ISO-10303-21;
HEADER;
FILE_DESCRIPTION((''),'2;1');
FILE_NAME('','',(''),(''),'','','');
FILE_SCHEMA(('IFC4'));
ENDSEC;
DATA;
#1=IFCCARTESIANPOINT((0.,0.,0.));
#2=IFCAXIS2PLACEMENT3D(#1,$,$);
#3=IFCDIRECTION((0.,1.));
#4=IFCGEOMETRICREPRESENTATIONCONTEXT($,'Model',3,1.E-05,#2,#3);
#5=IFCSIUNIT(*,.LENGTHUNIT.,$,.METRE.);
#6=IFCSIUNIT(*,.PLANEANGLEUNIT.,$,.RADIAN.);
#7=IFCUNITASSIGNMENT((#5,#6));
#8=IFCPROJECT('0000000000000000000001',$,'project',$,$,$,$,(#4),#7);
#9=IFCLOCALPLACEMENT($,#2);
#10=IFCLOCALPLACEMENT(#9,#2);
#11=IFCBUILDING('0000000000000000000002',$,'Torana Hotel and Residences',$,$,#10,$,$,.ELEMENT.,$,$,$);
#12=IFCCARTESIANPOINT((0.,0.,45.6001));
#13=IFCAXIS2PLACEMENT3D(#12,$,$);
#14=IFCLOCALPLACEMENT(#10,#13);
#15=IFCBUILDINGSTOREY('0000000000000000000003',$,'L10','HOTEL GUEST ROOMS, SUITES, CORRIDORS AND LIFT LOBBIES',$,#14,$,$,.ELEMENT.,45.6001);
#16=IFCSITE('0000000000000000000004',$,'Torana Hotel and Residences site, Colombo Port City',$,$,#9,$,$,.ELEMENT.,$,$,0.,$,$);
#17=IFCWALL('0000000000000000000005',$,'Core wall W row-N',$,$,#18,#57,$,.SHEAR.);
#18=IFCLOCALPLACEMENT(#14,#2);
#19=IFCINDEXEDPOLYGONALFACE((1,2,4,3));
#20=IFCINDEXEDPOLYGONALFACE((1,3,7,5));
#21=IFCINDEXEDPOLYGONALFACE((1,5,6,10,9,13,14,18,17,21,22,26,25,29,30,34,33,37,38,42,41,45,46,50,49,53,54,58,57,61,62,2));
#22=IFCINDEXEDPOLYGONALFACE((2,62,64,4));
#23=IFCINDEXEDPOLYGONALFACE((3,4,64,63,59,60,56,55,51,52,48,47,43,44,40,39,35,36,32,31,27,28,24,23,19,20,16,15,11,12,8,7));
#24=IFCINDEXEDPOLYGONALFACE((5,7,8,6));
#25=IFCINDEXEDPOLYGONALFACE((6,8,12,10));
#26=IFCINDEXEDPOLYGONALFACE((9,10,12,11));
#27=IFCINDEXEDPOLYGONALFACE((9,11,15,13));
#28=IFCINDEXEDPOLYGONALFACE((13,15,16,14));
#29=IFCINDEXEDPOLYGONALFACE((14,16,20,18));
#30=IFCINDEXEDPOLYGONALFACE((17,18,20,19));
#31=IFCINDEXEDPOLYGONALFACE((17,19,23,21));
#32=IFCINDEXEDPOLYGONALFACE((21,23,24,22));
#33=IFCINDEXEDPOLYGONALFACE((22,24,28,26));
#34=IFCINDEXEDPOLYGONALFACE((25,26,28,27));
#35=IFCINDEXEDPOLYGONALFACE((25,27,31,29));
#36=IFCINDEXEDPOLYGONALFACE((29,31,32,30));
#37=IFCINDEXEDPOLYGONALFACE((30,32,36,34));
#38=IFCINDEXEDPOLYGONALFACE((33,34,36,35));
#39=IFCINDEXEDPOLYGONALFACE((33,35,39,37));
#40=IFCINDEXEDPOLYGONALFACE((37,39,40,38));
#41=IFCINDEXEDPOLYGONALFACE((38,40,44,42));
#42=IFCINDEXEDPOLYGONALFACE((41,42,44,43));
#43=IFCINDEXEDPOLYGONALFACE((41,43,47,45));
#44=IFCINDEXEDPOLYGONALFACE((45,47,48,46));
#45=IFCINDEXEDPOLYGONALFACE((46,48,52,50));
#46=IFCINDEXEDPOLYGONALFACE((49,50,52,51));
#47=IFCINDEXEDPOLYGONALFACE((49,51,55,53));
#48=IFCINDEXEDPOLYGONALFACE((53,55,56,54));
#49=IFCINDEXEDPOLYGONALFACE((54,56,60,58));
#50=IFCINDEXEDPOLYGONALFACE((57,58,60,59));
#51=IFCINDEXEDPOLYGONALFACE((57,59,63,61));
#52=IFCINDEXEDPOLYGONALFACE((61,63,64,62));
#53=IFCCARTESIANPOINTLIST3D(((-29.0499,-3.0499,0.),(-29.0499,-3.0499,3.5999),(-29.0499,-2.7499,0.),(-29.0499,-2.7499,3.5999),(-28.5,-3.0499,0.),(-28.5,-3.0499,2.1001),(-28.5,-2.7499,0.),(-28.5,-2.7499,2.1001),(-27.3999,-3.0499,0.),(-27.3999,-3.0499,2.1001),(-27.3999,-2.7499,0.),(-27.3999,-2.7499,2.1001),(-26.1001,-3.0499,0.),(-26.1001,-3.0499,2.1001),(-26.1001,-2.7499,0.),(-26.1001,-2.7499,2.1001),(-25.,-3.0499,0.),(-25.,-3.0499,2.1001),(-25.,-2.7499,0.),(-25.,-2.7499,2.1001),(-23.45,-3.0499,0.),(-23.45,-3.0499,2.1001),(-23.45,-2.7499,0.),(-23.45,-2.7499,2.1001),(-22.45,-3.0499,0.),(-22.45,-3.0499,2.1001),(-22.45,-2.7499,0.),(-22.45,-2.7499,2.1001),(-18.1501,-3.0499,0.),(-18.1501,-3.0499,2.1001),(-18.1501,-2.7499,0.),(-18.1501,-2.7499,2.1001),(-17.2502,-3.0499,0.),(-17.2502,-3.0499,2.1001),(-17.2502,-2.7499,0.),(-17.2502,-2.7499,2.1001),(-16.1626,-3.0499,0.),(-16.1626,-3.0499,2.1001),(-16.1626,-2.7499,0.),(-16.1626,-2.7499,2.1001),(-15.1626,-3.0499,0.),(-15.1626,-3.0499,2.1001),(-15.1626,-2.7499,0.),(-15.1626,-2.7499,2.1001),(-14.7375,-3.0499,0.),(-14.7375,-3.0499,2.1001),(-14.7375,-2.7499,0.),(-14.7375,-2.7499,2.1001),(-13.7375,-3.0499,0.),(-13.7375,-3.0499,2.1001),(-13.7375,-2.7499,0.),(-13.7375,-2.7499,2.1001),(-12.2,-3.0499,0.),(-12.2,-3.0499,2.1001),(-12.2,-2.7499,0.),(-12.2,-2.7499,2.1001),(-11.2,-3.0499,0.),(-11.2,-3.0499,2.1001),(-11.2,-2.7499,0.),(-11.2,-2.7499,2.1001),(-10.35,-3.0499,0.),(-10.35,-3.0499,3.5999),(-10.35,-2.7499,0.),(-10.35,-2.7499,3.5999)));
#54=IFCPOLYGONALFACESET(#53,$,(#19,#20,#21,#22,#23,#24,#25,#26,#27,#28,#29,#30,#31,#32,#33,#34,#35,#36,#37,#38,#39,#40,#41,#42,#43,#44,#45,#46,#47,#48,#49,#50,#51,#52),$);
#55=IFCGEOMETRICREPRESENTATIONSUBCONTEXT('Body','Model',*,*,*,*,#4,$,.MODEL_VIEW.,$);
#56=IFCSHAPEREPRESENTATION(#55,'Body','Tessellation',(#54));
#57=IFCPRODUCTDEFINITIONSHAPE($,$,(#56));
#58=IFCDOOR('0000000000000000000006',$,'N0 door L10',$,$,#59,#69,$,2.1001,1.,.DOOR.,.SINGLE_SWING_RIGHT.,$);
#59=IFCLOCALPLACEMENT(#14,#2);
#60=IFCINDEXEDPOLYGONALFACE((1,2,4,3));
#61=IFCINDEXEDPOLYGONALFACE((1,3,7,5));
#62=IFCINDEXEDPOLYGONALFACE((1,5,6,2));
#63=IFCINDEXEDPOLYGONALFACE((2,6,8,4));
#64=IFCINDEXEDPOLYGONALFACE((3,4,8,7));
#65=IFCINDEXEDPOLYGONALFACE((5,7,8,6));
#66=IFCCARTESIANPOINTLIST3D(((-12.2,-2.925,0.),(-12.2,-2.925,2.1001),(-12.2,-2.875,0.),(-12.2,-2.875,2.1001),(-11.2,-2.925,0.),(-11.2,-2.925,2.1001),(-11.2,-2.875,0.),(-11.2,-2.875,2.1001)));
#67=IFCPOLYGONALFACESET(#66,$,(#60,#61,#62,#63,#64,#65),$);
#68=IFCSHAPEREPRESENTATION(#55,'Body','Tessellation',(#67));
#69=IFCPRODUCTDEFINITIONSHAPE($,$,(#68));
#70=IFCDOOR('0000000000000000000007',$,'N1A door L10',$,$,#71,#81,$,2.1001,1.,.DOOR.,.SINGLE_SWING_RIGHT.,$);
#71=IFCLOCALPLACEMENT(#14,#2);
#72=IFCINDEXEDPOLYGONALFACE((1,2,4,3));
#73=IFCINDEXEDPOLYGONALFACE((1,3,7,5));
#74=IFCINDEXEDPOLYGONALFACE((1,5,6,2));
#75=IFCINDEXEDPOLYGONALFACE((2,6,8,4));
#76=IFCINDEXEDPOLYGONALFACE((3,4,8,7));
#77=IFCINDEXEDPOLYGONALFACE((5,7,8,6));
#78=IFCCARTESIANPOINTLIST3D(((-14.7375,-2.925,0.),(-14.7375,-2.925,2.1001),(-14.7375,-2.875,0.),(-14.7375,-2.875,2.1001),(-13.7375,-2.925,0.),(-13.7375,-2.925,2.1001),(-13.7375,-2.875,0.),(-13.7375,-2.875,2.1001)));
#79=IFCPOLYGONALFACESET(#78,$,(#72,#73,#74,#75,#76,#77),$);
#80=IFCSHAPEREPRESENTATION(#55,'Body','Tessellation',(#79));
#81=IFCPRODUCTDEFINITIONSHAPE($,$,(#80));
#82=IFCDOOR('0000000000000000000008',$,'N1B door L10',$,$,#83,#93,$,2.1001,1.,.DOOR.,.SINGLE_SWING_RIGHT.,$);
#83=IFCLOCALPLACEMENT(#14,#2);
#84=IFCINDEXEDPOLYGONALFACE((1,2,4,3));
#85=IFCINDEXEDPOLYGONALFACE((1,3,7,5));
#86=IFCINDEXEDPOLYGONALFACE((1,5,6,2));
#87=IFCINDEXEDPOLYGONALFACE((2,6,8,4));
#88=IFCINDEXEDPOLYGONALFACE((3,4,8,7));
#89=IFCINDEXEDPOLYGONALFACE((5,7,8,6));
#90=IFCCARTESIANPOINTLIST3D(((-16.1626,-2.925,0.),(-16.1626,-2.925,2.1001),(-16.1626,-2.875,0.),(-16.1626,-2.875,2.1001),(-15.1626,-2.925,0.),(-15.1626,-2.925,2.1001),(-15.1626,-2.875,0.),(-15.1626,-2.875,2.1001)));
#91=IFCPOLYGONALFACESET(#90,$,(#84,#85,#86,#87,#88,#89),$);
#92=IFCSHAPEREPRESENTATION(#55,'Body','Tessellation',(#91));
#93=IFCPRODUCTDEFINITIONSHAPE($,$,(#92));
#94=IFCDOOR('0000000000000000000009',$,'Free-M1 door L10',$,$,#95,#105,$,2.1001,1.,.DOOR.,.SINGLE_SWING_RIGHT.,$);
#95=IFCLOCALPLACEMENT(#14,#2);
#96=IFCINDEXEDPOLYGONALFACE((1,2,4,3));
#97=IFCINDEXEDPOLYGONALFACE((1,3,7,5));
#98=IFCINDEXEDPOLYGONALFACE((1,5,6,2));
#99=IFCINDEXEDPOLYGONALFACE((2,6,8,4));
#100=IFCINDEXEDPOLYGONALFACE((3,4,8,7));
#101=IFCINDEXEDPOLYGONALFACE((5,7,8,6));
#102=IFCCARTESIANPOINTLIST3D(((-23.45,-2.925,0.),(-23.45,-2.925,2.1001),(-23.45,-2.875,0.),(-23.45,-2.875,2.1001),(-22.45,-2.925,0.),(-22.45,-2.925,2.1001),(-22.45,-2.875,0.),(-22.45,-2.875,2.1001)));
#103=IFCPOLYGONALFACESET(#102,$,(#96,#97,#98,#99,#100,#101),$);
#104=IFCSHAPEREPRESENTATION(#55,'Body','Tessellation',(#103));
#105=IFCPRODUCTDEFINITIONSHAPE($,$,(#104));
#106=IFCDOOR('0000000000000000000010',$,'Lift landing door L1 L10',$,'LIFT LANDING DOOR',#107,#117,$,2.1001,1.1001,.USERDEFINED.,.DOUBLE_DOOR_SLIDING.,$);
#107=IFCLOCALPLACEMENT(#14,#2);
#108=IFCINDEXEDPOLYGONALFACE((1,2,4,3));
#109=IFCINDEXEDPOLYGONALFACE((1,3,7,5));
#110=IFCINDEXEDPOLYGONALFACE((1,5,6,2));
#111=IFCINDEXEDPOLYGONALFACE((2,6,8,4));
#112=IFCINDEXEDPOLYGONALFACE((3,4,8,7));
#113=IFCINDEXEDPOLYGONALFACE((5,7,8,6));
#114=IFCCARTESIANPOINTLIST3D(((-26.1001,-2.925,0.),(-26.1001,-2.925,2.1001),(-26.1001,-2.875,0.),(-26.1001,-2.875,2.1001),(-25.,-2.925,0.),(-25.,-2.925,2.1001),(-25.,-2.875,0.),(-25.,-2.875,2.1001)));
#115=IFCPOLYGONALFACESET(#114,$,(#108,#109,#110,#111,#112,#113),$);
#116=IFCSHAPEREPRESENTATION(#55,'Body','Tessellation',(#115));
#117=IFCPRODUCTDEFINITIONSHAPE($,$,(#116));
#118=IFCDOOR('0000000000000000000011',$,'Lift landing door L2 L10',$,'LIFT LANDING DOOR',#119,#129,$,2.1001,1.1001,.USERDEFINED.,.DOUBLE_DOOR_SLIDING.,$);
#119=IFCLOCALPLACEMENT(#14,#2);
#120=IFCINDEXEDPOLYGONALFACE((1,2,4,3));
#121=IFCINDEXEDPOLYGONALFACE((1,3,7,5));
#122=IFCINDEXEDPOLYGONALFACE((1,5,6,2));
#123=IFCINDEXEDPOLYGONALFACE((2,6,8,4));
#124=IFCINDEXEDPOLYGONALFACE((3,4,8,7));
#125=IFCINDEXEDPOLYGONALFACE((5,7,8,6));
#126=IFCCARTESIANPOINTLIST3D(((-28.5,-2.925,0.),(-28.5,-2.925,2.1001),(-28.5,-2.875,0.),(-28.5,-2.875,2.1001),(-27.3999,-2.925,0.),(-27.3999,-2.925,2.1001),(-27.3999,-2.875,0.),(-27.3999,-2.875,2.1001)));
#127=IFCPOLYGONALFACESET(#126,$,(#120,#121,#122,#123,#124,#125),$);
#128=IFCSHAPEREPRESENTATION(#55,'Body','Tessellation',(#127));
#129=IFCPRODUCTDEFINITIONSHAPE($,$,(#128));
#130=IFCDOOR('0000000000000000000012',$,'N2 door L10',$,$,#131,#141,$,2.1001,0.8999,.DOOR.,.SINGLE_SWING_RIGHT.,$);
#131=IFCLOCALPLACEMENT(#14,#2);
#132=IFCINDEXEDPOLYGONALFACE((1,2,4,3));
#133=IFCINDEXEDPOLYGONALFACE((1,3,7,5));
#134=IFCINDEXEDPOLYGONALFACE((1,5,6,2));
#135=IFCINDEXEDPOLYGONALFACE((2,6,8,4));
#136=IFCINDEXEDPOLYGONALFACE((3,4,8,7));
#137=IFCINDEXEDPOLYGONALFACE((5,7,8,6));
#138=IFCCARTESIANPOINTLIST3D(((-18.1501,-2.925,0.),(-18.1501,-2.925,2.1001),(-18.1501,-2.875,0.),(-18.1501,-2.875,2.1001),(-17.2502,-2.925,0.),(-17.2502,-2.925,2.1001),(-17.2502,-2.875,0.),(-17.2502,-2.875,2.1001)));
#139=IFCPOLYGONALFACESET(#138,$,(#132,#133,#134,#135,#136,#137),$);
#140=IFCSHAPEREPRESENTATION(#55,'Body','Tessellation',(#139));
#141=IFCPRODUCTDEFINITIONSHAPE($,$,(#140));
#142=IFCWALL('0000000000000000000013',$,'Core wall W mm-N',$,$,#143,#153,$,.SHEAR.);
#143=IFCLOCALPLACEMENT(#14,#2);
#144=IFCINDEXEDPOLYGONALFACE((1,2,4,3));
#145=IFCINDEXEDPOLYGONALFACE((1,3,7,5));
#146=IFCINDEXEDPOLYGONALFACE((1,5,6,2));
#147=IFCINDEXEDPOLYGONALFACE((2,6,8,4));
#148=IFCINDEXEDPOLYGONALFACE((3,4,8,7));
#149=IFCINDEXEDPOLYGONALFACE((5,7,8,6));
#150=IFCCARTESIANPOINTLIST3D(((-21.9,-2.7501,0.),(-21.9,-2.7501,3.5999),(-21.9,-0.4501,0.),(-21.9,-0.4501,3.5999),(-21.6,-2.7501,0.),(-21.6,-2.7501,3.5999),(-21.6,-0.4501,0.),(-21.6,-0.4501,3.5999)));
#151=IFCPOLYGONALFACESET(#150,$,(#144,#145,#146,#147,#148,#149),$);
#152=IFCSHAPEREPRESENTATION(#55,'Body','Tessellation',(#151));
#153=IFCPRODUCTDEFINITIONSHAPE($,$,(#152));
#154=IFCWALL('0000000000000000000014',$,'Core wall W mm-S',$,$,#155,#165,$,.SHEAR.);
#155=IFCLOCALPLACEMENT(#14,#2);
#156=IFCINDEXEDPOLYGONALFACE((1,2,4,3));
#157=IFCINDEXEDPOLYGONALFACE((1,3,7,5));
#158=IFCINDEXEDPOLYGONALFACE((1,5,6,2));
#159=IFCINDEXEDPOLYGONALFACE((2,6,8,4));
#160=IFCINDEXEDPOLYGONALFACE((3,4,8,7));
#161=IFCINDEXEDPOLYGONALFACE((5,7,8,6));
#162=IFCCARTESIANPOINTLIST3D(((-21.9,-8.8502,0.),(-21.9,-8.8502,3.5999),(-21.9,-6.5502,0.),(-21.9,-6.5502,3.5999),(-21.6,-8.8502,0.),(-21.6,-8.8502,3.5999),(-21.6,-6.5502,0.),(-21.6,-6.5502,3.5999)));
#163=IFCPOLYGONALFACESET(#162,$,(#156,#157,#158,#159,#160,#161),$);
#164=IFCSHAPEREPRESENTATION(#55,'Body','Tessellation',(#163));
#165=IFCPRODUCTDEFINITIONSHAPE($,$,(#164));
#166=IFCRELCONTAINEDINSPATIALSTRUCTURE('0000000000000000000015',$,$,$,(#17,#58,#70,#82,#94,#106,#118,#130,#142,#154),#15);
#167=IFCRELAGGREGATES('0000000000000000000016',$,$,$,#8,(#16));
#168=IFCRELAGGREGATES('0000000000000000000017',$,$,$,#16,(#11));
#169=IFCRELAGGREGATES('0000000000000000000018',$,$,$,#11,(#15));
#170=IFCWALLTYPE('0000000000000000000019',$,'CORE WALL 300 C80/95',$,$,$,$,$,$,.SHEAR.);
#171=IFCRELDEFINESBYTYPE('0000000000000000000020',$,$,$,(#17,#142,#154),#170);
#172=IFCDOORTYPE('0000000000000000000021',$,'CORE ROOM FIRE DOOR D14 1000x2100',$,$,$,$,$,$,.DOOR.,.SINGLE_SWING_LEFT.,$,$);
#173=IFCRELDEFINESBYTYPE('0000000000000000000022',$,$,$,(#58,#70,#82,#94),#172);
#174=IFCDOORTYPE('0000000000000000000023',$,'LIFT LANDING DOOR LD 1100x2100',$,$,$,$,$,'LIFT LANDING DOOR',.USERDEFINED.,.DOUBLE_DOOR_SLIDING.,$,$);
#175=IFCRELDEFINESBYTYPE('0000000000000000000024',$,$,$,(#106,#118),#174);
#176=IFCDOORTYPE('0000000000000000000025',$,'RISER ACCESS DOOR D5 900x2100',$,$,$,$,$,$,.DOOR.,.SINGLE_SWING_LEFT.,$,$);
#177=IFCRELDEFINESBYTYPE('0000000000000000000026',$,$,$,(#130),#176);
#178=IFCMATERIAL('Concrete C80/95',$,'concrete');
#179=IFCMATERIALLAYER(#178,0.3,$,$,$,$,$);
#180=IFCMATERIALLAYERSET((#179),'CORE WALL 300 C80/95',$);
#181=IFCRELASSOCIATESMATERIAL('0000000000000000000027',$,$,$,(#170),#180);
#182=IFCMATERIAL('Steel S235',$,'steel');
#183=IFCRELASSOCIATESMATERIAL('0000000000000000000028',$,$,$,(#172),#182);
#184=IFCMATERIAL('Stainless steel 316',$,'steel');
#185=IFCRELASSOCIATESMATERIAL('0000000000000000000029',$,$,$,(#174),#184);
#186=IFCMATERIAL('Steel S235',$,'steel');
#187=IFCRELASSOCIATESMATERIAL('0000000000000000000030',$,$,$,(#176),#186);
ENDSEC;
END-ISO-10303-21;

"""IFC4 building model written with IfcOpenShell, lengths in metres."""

from ifc_helpers import new_model, si_unit, direction, frame, frame_2d, origin, place, context, subcontext, project, spatial, rectangle, extrude, material, layer, layer_set, type_object, element, fill, save


model = new_model("IFC4")

# Units and contexts
model_context = context("Model", 3, precision=1e-05, world=origin(), true_north=direction((0.0, 1.0)))
body_context = subcontext(model_context, "Body", "Model", "MODEL_VIEW")
ifc_project = project(units=[si_unit("LENGTHUNIT", "METRE"), si_unit("PLANEANGLEUNIT", "RADIAN")], contexts=[model_context])

# Site, building, storey
site_placement = place(None, origin())
site = spatial("IfcSite", under=ifc_project, at=site_placement, Name="Torana Hotel and Residences site, Colombo Port City", CompositionType="ELEMENT", RefElevation=0.0)
building_placement = place(site_placement, origin())
building = spatial("IfcBuilding", under=site, at=building_placement, Name="Torana Hotel and Residences", CompositionType="ELEMENT")
storey_placement = place(building_placement, frame((0.0, 0.0, 45.6001)))
storey = spatial("IfcBuildingStorey", under=building, at=storey_placement, Name="L10", Description="HOTEL GUEST ROOMS, SUITES, CORRIDORS AND LIFT LOBBIES", CompositionType="ELEMENT", Elevation=45.6001)

# Wall, openings, doors
ifc_material_1 = material(Name="Concrete C80/95", Category="concrete")
ifc_layer_1 = layer(ifc_material_1, 0.3)
ifc_layer_set_1 = layer_set([ifc_layer_1], Name="CORE WALL 300 C80/95")
wall_type_1 = type_object("IfcWallType", Name="CORE WALL 300 C80/95", PredefinedType="SHEAR", material=ifc_layer_set_1)
wall_1_placement = place(storey_placement, frame((-29.05, -2.8999, 0.0), z_axis=(0.0, 0.0, 1.0), x_axis=(1.0, 0.0, 0.0)))
wall_1 = element("IfcWall", 1, at=wall_1_placement, inside=storey, type_object=wall_type_1, Name="Core wall W row-N", PredefinedType="SHEAR", context=body_context, shape_type="SweptSolid", body=[
    extrude(rectangle(XDim=18.7, YDim=0.3, at=frame_2d((9.3501, 0.0))), origin(), (0.0, 0.0, 1.0), 3.5999),
])
opening_1_placement = place(wall_1_placement, frame((2.95, 0.0, 0.0)))
opening_1 = element("IfcOpeningElement", 2, at=opening_1_placement, cuts=wall_1, PredefinedType="OPENING", context=body_context, shape_type="SweptSolid", body=[
    extrude(rectangle(XDim=1.1001, YDim=2.1001, at=frame_2d((0.55, 1.05))), frame((0.0, 0.1599, 0.0), z_axis=(0.0, -1.0, 0.0), x_axis=(1.0, 0.0, 0.0)), (0.0, 0.0, 1.0), 0.3201),
])
opening_2_placement = place(wall_1_placement, frame((0.55, 0.0, 0.0)))
opening_2 = element("IfcOpeningElement", 3, at=opening_2_placement, cuts=wall_1, PredefinedType="OPENING", context=body_context, shape_type="SweptSolid", body=[
    extrude(rectangle(XDim=1.1001, YDim=2.1001, at=frame_2d((0.55, 1.05))), frame((0.0, 0.1599, 0.0), z_axis=(0.0, -1.0, 0.0), x_axis=(1.0, 0.0, 0.0)), (0.0, 0.0, 1.0), 0.3201),
])
opening_3_placement = place(wall_1_placement, frame((10.8999, 0.0, 0.0)))
opening_3 = element("IfcOpeningElement", 4, at=opening_3_placement, cuts=wall_1, PredefinedType="OPENING", context=body_context, shape_type="SweptSolid", body=[
    extrude(rectangle(XDim=0.8999, YDim=2.1001, at=frame_2d((0.45, 1.05))), frame((0.0, 0.1599, 0.0), z_axis=(0.0, -1.0, 0.0), x_axis=(1.0, 0.0, 0.0)), (0.0, 0.0, 1.0), 0.3201),
])
opening_4_placement = place(wall_1_placement, frame((16.8501, 0.0, 0.0)))
opening_4 = element("IfcOpeningElement", 5, at=opening_4_placement, cuts=wall_1, PredefinedType="OPENING", context=body_context, shape_type="SweptSolid", body=[
    extrude(rectangle(XDim=1.0, YDim=2.1001, at=frame_2d((0.5, 1.05))), frame((0.0, 0.1599, 0.0), z_axis=(0.0, -1.0, 0.0), x_axis=(1.0, 0.0, 0.0)), (0.0, 0.0, 1.0), 0.3201),
])
opening_5_placement = place(wall_1_placement, frame((14.3125, 0.0, 0.0)))
opening_5 = element("IfcOpeningElement", 6, at=opening_5_placement, cuts=wall_1, PredefinedType="OPENING", context=body_context, shape_type="SweptSolid", body=[
    extrude(rectangle(XDim=1.0, YDim=2.1001, at=frame_2d((0.5, 1.05))), frame((0.0, 0.1599, 0.0), z_axis=(0.0, -1.0, 0.0), x_axis=(1.0, 0.0, 0.0)), (0.0, 0.0, 1.0), 0.3201),
])
opening_6_placement = place(wall_1_placement, frame((12.8875, 0.0, 0.0)))
opening_6 = element("IfcOpeningElement", 7, at=opening_6_placement, cuts=wall_1, PredefinedType="OPENING", context=body_context, shape_type="SweptSolid", body=[
    extrude(rectangle(XDim=1.0, YDim=2.1001, at=frame_2d((0.5, 1.05))), frame((0.0, 0.1599, 0.0), z_axis=(0.0, -1.0, 0.0), x_axis=(1.0, 0.0, 0.0)), (0.0, 0.0, 1.0), 0.3201),
])
opening_7_placement = place(wall_1_placement, frame((5.6001, 0.0, 0.0)))
opening_7 = element("IfcOpeningElement", 8, at=opening_7_placement, cuts=wall_1, PredefinedType="OPENING", context=body_context, shape_type="SweptSolid", body=[
    extrude(rectangle(XDim=1.0, YDim=2.1001, at=frame_2d((0.5, 1.05))), frame((0.0, 0.1599, 0.0), z_axis=(0.0, -1.0, 0.0), x_axis=(1.0, 0.0, 0.0)), (0.0, 0.0, 1.0), 0.3201),
])
ifc_material_2 = material(Name="Steel S235", Category="steel")
door_type_1 = type_object("IfcDoorType", Name="CORE ROOM FIRE DOOR D14 1000x2100", OperationType="SINGLE_SWING_LEFT", PredefinedType="DOOR", material=ifc_material_2)
door_1_placement = place(opening_4_placement, origin())
door_1 = element("IfcDoor", 9, at=door_1_placement, inside=storey, type_object=door_type_1, Name="N0 door L10", OperationType="SINGLE_SWING_RIGHT", OverallHeight=2.1001, OverallWidth=1.0, PredefinedType="DOOR", context=body_context, shape_type="SweptSolid", body=[
    extrude(rectangle(XDim=1.0, YDim=2.1001, at=frame_2d((0.5, 1.05))), frame((0.0, 0.0249, 0.0), z_axis=(0.0, -1.0, 0.0), x_axis=(1.0, 0.0, 0.0)), (0.0, 0.0, 1.0), 0.05),
])
fill(opening_4, door_1)
door_2_placement = place(opening_5_placement, origin())
door_2 = element("IfcDoor", 10, at=door_2_placement, inside=storey, type_object=door_type_1, Name="N1A door L10", OperationType="SINGLE_SWING_RIGHT", OverallHeight=2.1001, OverallWidth=1.0, PredefinedType="DOOR", context=body_context, shape_type="SweptSolid", body=[
    extrude(rectangle(XDim=1.0, YDim=2.1001, at=frame_2d((0.5, 1.05))), frame((0.0, 0.0249, 0.0), z_axis=(0.0, -1.0, 0.0), x_axis=(1.0, 0.0, 0.0)), (0.0, 0.0, 1.0), 0.05),
])
fill(opening_5, door_2)
door_3_placement = place(opening_6_placement, origin())
door_3 = element("IfcDoor", 11, at=door_3_placement, inside=storey, type_object=door_type_1, Name="N1B door L10", OperationType="SINGLE_SWING_RIGHT", OverallHeight=2.1001, OverallWidth=1.0, PredefinedType="DOOR", context=body_context, shape_type="SweptSolid", body=[
    extrude(rectangle(XDim=1.0, YDim=2.1001, at=frame_2d((0.5, 1.05))), frame((0.0, 0.0249, 0.0), z_axis=(0.0, -1.0, 0.0), x_axis=(1.0, 0.0, 0.0)), (0.0, 0.0, 1.0), 0.05),
])
fill(opening_6, door_3)
door_4_placement = place(opening_7_placement, origin())
door_4 = element("IfcDoor", 12, at=door_4_placement, inside=storey, type_object=door_type_1, Name="Free-M1 door L10", OperationType="SINGLE_SWING_RIGHT", OverallHeight=2.1001, OverallWidth=1.0, PredefinedType="DOOR", context=body_context, shape_type="SweptSolid", body=[
    extrude(rectangle(XDim=1.0, YDim=2.1001, at=frame_2d((0.5, 1.05))), frame((0.0, 0.0249, 0.0), z_axis=(0.0, -1.0, 0.0), x_axis=(1.0, 0.0, 0.0)), (0.0, 0.0, 1.0), 0.05),
])
fill(opening_7, door_4)
ifc_material_3 = material(Name="Stainless steel 316", Category="steel")
door_type_2 = type_object("IfcDoorType", Name="LIFT LANDING DOOR LD 1100x2100", ElementType="LIFT LANDING DOOR", OperationType="DOUBLE_DOOR_SLIDING", PredefinedType="USERDEFINED", material=ifc_material_3)
door_5_placement = place(opening_1_placement, origin())
door_5 = element("IfcDoor", 13, at=door_5_placement, inside=storey, type_object=door_type_2, Name="Lift landing door L1 L10", ObjectType="LIFT LANDING DOOR", OperationType="DOUBLE_DOOR_SLIDING", OverallHeight=2.1001, OverallWidth=1.1001, PredefinedType="USERDEFINED", context=body_context, shape_type="SweptSolid", body=[
    extrude(rectangle(XDim=1.1001, YDim=2.1001, at=frame_2d((0.55, 1.05))), frame((0.0, 0.0249, 0.0), z_axis=(0.0, -1.0, 0.0), x_axis=(1.0, 0.0, 0.0)), (0.0, 0.0, 1.0), 0.05),
])
fill(opening_1, door_5)
door_6_placement = place(opening_2_placement, origin())
door_6 = element("IfcDoor", 14, at=door_6_placement, inside=storey, type_object=door_type_2, Name="Lift landing door L2 L10", ObjectType="LIFT LANDING DOOR", OperationType="DOUBLE_DOOR_SLIDING", OverallHeight=2.1001, OverallWidth=1.1001, PredefinedType="USERDEFINED", context=body_context, shape_type="SweptSolid", body=[
    extrude(rectangle(XDim=1.1001, YDim=2.1001, at=frame_2d((0.55, 1.05))), frame((0.0, 0.0249, 0.0), z_axis=(0.0, -1.0, 0.0), x_axis=(1.0, 0.0, 0.0)), (0.0, 0.0, 1.0), 0.05),
])
fill(opening_2, door_6)
ifc_material_4 = material(Name="Steel S235", Category="steel")
door_type_3 = type_object("IfcDoorType", Name="RISER ACCESS DOOR D5 900x2100", OperationType="SINGLE_SWING_LEFT", PredefinedType="DOOR", material=ifc_material_4)
door_7_placement = place(opening_3_placement, origin())
door_7 = element("IfcDoor", 15, at=door_7_placement, inside=storey, type_object=door_type_3, Name="N2 door L10", OperationType="SINGLE_SWING_RIGHT", OverallHeight=2.1001, OverallWidth=0.8999, PredefinedType="DOOR", context=body_context, shape_type="SweptSolid", body=[
    extrude(rectangle(XDim=0.8999, YDim=2.1001, at=frame_2d((0.45, 1.05))), frame((0.0, 0.0249, 0.0), z_axis=(0.0, -1.0, 0.0), x_axis=(1.0, 0.0, 0.0)), (0.0, 0.0, 1.0), 0.05),
])
fill(opening_3, door_7)

# Walls
for number, where, z_axis, x_axis, name in (
    (16, (-21.75, -2.75, 0.0), (0.0, 0.0, 1.0), (0.0, 1.0, 0.0), "Core wall W mm-N"),
    (17, (-21.75, -8.8501, 0.0), (0.0, 0.0, 1.0), (0.0, 1.0, 0.0), "Core wall W mm-S"),
):
    element("IfcWall", number, at=place(storey_placement, frame(where, z_axis=z_axis, x_axis=x_axis)), inside=storey, type_object=wall_type_1, Name=name, PredefinedType="SHEAR", context=body_context, shape_type="SweptSolid", body=[
        extrude(rectangle(XDim=2.3, YDim=0.3, at=frame_2d((1.1499, 0.0))), origin(), (0.0, 0.0, 1.0), 3.5999),
    ])

save(model, "model.ifc")
